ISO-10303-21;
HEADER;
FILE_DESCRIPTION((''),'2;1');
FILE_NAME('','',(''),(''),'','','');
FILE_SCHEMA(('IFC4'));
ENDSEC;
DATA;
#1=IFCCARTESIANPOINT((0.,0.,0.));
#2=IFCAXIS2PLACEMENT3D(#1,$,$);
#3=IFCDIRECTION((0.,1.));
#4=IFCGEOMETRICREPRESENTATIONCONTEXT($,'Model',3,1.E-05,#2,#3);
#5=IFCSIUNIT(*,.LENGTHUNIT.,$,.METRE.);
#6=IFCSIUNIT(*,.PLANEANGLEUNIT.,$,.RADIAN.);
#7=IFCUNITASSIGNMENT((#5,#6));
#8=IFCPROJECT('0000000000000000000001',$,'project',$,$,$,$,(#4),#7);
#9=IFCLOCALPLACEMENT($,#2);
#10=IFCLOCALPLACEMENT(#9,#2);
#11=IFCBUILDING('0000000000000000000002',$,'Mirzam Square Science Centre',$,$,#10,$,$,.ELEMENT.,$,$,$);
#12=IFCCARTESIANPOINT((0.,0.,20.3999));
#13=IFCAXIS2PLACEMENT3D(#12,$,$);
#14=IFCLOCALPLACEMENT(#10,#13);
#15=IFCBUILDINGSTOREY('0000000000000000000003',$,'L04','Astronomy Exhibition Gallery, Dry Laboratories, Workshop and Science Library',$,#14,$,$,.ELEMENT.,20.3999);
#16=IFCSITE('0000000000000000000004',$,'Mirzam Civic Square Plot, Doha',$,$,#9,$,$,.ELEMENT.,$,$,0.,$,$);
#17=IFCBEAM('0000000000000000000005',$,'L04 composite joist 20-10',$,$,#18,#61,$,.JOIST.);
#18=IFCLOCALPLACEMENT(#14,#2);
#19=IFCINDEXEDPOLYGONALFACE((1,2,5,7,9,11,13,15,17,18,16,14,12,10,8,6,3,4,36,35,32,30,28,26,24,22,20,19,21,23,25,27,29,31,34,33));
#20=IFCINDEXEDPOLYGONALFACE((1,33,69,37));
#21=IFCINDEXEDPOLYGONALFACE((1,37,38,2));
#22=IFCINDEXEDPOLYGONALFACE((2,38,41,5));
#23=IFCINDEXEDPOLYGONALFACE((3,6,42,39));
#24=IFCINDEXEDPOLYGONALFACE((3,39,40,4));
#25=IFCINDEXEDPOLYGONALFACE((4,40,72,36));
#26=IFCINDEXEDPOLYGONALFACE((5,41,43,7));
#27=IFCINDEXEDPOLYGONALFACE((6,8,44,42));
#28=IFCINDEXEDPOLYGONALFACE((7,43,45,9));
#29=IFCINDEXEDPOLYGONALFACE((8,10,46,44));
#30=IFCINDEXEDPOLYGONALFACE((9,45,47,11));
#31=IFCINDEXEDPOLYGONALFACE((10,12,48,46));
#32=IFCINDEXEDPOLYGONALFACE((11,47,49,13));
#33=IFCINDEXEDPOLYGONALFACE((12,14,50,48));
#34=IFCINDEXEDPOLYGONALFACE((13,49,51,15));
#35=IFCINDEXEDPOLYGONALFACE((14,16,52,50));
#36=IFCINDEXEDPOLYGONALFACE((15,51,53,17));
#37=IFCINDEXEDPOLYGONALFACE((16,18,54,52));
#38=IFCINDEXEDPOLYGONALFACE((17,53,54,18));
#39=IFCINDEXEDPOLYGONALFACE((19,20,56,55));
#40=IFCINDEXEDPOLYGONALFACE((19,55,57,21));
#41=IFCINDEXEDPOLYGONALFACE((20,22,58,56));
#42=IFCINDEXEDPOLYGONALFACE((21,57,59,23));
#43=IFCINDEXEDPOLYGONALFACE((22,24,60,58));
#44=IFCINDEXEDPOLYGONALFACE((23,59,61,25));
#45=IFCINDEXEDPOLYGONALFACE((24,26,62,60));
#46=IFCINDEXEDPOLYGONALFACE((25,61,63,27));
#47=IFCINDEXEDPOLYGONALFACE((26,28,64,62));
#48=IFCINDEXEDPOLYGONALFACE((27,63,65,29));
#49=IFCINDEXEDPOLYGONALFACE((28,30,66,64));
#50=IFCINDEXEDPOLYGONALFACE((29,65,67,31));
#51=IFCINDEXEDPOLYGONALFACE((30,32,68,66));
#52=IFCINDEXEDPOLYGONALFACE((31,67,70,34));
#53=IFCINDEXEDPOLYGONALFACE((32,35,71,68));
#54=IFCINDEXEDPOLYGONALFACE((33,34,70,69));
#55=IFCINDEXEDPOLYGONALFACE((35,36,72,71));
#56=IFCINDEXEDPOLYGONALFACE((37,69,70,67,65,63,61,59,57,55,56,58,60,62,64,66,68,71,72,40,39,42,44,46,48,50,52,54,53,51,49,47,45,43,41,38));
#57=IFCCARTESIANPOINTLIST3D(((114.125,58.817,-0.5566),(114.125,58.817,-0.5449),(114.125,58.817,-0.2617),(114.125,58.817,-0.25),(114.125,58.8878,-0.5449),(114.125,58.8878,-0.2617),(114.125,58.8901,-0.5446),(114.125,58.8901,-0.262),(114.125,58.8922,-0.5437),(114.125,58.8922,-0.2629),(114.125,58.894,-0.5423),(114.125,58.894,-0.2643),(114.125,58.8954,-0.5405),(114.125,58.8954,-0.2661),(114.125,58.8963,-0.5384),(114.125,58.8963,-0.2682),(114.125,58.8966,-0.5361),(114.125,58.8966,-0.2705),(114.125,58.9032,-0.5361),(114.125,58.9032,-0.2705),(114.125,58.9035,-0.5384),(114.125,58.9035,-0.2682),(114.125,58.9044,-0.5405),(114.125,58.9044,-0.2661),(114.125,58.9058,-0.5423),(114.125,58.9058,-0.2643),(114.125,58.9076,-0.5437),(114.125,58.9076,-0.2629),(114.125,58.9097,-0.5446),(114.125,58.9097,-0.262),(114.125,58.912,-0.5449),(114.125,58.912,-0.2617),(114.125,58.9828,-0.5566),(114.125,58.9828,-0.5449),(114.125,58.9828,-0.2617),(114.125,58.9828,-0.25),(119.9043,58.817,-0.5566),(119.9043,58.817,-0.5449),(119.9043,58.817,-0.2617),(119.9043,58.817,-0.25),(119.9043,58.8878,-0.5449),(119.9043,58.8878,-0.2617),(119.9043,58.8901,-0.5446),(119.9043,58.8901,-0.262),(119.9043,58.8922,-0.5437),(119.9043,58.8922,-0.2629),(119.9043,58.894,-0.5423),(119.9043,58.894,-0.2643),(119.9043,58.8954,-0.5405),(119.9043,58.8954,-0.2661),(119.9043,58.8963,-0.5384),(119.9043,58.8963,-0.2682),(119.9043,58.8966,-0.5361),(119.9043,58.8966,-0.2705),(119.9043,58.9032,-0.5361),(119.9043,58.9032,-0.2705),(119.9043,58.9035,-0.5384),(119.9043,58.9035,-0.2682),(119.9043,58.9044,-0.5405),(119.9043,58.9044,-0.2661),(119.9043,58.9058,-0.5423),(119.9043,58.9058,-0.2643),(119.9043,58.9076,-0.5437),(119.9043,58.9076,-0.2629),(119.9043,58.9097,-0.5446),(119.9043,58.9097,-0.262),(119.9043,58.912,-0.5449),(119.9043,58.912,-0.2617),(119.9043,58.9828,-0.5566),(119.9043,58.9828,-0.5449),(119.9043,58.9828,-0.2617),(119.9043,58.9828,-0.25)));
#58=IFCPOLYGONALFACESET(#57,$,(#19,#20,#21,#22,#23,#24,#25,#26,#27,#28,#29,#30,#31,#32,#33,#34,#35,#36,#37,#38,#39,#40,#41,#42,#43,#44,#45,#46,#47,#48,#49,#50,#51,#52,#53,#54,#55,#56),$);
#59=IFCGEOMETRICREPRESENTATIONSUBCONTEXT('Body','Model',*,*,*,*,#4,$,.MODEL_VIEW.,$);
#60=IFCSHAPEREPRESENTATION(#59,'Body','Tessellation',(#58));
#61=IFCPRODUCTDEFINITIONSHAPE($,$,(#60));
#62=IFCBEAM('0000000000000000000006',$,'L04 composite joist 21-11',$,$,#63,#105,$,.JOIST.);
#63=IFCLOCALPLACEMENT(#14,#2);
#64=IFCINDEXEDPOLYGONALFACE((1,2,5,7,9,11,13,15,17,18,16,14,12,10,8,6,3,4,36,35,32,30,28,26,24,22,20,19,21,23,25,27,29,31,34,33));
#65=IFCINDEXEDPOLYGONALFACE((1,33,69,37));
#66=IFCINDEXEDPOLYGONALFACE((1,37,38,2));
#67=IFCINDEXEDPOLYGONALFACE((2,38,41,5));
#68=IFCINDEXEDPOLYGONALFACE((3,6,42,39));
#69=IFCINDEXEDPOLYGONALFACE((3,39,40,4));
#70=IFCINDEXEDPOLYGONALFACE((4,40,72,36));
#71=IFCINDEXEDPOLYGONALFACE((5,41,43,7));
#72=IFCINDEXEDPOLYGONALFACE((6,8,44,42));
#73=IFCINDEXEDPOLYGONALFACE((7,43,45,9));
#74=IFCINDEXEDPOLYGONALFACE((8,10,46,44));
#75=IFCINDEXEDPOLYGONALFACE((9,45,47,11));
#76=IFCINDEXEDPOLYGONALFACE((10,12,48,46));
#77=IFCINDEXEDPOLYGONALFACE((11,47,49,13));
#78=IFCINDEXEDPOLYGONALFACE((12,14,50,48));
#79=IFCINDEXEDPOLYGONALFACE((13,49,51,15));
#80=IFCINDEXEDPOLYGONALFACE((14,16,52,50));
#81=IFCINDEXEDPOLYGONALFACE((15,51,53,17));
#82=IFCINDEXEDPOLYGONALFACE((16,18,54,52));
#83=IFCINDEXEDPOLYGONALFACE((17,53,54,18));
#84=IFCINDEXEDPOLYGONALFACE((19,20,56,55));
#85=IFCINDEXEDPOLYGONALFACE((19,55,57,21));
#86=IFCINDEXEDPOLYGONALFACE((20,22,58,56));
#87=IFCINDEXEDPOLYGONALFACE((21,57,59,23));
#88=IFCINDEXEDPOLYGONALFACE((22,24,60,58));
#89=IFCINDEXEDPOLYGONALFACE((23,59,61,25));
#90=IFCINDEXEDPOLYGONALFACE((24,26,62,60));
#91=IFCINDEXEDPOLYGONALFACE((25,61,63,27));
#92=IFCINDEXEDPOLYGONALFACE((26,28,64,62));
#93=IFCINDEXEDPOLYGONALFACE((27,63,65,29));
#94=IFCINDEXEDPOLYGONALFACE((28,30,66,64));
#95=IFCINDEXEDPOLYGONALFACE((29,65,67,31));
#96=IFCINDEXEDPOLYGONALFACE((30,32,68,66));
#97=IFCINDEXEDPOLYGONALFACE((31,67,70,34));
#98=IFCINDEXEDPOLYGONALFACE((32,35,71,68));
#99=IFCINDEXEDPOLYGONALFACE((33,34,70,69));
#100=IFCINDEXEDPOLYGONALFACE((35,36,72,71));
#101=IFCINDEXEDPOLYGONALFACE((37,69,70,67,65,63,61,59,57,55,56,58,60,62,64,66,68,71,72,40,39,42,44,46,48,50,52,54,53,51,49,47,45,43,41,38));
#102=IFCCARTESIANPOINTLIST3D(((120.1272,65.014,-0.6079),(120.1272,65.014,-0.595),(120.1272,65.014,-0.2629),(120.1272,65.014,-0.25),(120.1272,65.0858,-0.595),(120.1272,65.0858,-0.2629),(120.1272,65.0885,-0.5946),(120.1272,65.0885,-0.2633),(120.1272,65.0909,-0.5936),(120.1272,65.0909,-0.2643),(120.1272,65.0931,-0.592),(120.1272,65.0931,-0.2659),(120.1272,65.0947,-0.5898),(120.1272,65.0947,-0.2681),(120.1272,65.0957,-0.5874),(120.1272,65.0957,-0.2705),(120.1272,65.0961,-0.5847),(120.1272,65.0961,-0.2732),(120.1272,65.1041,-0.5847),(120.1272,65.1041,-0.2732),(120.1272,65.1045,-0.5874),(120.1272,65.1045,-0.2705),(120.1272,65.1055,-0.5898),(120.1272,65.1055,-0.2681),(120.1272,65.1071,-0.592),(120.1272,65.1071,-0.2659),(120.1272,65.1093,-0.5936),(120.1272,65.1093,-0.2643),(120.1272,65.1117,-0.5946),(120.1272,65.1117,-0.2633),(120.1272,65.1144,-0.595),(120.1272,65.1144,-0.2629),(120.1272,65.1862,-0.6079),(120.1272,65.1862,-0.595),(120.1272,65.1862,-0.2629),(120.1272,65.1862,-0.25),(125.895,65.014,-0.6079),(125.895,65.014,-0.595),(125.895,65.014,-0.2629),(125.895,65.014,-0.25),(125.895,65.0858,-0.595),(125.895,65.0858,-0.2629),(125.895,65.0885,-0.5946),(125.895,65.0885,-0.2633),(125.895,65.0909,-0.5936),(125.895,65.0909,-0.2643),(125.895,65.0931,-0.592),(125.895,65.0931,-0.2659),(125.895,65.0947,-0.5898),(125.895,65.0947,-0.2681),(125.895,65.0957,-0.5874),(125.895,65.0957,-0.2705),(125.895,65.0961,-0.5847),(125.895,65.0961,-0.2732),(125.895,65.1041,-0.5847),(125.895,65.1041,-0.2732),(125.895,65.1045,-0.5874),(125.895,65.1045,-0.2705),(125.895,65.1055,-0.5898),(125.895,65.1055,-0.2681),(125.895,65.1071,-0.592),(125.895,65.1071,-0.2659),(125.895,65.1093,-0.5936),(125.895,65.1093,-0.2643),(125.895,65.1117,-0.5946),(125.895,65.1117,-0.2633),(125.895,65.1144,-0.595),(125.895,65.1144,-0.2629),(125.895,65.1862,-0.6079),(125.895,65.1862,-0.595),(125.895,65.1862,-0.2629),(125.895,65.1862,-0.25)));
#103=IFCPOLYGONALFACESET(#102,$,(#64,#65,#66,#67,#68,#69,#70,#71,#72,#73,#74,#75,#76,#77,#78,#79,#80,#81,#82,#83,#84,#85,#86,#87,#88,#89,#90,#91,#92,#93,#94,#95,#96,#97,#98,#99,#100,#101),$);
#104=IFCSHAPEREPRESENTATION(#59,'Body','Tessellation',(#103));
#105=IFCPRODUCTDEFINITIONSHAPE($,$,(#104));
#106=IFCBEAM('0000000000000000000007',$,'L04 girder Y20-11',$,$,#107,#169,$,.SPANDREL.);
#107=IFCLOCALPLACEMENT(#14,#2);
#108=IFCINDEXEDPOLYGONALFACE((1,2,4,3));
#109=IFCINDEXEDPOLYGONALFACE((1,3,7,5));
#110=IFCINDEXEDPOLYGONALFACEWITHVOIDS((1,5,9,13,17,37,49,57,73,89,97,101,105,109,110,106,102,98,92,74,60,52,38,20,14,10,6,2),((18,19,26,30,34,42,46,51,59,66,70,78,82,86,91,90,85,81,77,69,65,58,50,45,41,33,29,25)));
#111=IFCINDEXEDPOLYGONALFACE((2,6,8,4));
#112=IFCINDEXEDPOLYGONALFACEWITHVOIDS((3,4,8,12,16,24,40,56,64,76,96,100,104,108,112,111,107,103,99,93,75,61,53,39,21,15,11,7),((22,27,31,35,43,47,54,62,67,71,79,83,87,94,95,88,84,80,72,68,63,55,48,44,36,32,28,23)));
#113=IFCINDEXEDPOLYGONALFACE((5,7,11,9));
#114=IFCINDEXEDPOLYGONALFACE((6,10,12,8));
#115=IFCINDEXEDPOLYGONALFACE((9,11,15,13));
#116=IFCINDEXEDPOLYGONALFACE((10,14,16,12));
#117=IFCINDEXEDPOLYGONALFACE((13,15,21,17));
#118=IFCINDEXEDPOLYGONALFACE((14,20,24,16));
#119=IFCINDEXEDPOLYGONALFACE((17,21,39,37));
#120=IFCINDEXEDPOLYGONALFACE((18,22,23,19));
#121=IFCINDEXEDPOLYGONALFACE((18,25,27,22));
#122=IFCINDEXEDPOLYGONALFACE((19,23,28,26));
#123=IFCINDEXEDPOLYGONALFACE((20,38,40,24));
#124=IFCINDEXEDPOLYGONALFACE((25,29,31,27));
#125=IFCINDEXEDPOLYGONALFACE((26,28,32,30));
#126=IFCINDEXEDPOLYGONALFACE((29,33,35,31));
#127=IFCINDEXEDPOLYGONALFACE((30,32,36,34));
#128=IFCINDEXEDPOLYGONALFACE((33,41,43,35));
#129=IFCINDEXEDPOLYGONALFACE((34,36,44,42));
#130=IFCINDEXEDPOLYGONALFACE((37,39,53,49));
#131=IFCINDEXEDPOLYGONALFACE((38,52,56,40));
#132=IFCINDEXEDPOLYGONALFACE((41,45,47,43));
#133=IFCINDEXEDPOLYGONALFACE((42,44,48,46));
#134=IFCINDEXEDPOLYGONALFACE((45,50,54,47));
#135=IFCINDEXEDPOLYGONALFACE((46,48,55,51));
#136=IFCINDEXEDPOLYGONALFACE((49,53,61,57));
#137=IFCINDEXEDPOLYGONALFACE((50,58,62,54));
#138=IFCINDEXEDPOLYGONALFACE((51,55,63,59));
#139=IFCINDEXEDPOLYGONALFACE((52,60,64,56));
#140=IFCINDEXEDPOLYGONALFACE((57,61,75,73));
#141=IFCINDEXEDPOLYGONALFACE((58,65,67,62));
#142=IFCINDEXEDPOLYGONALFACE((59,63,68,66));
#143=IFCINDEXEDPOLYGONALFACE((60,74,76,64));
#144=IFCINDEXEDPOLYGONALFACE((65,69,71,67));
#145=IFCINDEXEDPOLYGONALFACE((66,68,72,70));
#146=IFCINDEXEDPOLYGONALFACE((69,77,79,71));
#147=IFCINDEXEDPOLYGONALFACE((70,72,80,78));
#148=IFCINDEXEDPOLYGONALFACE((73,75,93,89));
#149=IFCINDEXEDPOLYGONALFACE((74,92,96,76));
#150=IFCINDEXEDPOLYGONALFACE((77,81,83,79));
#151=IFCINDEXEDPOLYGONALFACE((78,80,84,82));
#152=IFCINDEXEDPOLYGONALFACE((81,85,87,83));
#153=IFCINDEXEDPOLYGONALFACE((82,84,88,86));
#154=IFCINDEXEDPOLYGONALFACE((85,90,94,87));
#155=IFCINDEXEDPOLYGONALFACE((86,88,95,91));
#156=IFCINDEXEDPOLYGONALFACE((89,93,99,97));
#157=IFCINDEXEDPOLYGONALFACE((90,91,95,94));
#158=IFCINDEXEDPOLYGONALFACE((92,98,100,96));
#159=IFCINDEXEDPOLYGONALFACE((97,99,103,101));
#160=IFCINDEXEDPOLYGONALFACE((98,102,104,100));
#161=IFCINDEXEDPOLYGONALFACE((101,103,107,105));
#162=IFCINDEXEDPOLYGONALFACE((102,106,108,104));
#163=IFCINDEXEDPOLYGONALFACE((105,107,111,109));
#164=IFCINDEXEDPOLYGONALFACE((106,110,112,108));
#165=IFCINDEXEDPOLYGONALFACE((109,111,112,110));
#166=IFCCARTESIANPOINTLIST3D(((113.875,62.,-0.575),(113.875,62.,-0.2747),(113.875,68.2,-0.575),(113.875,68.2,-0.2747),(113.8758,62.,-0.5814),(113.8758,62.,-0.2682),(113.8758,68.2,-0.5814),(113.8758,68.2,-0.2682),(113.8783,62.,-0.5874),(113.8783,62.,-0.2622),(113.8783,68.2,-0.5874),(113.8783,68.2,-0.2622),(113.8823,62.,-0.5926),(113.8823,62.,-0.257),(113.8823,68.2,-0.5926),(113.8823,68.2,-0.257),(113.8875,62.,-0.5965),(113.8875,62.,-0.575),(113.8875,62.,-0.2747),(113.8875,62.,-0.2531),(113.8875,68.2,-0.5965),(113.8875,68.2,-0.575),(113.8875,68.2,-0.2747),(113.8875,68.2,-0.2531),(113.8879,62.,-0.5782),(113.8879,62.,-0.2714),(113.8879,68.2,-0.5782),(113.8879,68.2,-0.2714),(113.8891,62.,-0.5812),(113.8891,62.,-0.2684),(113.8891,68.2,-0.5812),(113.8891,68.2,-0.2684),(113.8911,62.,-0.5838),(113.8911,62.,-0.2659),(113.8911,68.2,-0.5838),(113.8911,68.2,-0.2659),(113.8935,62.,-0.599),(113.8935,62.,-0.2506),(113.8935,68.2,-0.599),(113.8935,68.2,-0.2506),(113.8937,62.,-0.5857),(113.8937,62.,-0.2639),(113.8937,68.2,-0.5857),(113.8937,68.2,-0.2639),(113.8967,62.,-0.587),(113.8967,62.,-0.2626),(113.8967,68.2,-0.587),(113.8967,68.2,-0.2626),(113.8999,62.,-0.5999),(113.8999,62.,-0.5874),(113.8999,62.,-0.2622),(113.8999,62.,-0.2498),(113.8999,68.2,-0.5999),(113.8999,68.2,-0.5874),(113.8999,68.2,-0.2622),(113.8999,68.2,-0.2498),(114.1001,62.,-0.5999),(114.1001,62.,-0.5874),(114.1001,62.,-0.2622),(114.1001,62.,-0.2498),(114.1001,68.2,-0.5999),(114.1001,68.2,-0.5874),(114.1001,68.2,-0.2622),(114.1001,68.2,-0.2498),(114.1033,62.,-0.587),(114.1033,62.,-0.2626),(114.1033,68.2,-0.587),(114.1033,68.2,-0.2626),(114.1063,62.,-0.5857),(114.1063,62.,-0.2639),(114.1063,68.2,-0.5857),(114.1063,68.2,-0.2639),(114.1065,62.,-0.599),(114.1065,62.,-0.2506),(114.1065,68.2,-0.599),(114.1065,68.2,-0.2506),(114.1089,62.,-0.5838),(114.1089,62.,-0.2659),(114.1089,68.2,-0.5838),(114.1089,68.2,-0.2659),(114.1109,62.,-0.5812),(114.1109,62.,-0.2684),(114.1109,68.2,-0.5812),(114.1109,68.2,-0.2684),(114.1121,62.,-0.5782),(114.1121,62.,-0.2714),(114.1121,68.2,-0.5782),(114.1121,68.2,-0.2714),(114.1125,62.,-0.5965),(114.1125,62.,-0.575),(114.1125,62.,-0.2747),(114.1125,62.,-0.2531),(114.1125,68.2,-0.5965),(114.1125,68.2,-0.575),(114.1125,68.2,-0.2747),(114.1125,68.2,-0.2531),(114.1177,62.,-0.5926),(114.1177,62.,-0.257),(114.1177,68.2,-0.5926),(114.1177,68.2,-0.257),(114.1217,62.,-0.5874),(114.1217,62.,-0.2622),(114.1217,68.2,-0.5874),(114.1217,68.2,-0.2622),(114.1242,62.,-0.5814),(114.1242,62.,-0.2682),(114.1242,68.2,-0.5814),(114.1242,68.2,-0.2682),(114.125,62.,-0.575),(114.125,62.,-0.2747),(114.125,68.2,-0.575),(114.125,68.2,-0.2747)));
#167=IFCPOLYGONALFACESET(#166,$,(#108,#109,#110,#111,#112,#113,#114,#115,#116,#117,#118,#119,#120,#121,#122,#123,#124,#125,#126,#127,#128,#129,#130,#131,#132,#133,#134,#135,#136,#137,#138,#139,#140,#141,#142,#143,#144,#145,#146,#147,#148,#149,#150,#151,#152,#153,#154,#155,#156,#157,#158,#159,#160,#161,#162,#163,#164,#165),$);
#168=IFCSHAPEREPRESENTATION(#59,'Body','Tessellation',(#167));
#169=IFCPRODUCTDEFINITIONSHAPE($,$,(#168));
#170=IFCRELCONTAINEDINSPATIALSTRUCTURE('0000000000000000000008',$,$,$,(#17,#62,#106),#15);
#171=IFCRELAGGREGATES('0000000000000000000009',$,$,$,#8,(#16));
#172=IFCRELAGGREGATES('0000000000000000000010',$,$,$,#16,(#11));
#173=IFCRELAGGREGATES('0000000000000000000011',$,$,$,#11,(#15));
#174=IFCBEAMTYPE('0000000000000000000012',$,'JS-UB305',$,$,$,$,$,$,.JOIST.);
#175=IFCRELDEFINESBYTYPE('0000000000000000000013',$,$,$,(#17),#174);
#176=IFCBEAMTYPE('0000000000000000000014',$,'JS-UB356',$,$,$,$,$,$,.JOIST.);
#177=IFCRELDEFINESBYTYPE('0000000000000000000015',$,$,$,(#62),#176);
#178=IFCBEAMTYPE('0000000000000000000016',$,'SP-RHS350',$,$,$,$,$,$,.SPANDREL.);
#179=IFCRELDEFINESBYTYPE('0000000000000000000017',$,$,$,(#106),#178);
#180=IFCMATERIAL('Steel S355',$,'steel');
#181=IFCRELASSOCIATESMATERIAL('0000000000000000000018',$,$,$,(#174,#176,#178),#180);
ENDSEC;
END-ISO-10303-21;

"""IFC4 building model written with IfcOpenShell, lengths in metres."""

from ifc_helpers import new_model, si_unit, direction, frame, origin, origin_2d, place, context, subcontext, project, spatial, hollow_rectangle, i_section, extrude, material, material_profile, profile_set, type_object, element, save


model = new_model("IFC4")

# Units and contexts
model_context = context("Model", 3, precision=1e-05, world=origin(), true_north=direction((0.0, 1.0)))
body_context = subcontext(model_context, "Body", "Model", "MODEL_VIEW")
ifc_project = project(units=[si_unit("LENGTHUNIT", "METRE"), si_unit("PLANEANGLEUNIT", "RADIAN")], contexts=[model_context])

# Site, building, storey
site_placement = place(None, origin())
site = spatial("IfcSite", under=ifc_project, at=site_placement, Name="Mirzam Civic Square Plot, Doha", CompositionType="ELEMENT", RefElevation=0.0)
building_placement = place(site_placement, origin())
building = spatial("IfcBuilding", under=site, at=building_placement, Name="Mirzam Square Science Centre", CompositionType="ELEMENT")
storey_placement = place(building_placement, frame((0.0, 0.0, 20.3999)))
storey = spatial("IfcBuildingStorey", under=building, at=storey_placement, Name="L04", Description="Astronomy Exhibition Gallery, Dry Laboratories, Workshop and Science Library", CompositionType="ELEMENT", Elevation=20.3999)

# Shared definitions
ifc_material_1 = material(Name="Steel S355", Category="steel")

# Beams
ifc_material_profile_1 = material_profile(ifc_material_1, i_section(OverallWidth=0.1658, OverallDepth=0.3066, WebThickness=0.0066, FlangeThickness=0.0117, FilletRadius=0.0088, at=origin_2d()), Name="305x165x46UB")
ifc_profile_set_1 = profile_set([ifc_material_profile_1], Name="Steel S355")
beam_type_1 = type_object("IfcBeamType", Name="JS-UB305", PredefinedType="JOIST", material=ifc_profile_set_1)
beam_1_placement = place(storey_placement, frame((114.125, 58.8999, -0.4033), z_axis=(1.0, 0.0, 0.0), x_axis=(0.0, 1.0, 0.0)))
element("IfcBeam", 1, at=beam_1_placement, inside=storey, type_object=beam_type_1, Name="L04 composite joist 20-10", PredefinedType="JOIST", context=body_context, shape_type="SweptSolid", body=[
    extrude(i_section(OverallWidth=0.1658, OverallDepth=0.3066, WebThickness=0.0066, FlangeThickness=0.0117, FilletRadius=0.0088, at=origin_2d()), origin(), (0.0, 0.0, 1.0), 5.7793),
])
ifc_material_profile_2 = material_profile(ifc_material_1, i_section(OverallWidth=0.1721, OverallDepth=0.3579, WebThickness=0.0081, FlangeThickness=0.0129, FilletRadius=0.0103, at=origin_2d()), Name="356x171x57UB")
ifc_profile_set_2 = profile_set([ifc_material_profile_2], Name="Steel S355")
beam_type_2 = type_object("IfcBeamType", Name="JS-UB356", PredefinedType="JOIST", material=ifc_profile_set_2)
beam_2_placement = place(storey_placement, frame((120.1272, 65.1001, -0.429), z_axis=(1.0, 0.0, 0.0), x_axis=(0.0, 1.0, 0.0)))
element("IfcBeam", 2, at=beam_2_placement, inside=storey, type_object=beam_type_2, Name="L04 composite joist 21-11", PredefinedType="JOIST", context=body_context, shape_type="SweptSolid", body=[
    extrude(i_section(OverallWidth=0.1721, OverallDepth=0.3579, WebThickness=0.0081, FlangeThickness=0.0129, FilletRadius=0.0103, at=origin_2d()), origin(), (0.0, 0.0, 1.0), 5.7678),
])
ifc_material_profile_3 = material_profile(ifc_material_1, hollow_rectangle(XDim=0.25, YDim=0.3501, WallThickness=0.0125, InnerFilletRadius=0.0125, OuterFilletRadius=0.0249, at=origin_2d()), Name="350x250x12.5RHS")
ifc_profile_set_3 = profile_set([ifc_material_profile_3], Name="Steel S355")
beam_type_3 = type_object("IfcBeamType", Name="SP-RHS350", PredefinedType="SPANDREL", material=ifc_profile_set_3)
for number, where, z_axis, x_axis, name in (
    (3, (114.0, 62.0, -0.4248), (0.0, 1.0, 0.0), (-1.0, 0.0, 0.0), "L04 girder Y20-11"),
):
    element("IfcBeam", number, at=place(storey_placement, frame(where, z_axis=z_axis, x_axis=x_axis)), inside=storey, type_object=beam_type_3, Name=name, PredefinedType="SPANDREL", context=body_context, shape_type="SweptSolid", body=[
        extrude(hollow_rectangle(XDim=0.25, YDim=0.3501, WallThickness=0.0125, InnerFilletRadius=0.0125, OuterFilletRadius=0.0249, at=origin_2d()), origin(), (0.0, 0.0, 1.0), 6.2),
    ])

save(model, "model.ifc")
